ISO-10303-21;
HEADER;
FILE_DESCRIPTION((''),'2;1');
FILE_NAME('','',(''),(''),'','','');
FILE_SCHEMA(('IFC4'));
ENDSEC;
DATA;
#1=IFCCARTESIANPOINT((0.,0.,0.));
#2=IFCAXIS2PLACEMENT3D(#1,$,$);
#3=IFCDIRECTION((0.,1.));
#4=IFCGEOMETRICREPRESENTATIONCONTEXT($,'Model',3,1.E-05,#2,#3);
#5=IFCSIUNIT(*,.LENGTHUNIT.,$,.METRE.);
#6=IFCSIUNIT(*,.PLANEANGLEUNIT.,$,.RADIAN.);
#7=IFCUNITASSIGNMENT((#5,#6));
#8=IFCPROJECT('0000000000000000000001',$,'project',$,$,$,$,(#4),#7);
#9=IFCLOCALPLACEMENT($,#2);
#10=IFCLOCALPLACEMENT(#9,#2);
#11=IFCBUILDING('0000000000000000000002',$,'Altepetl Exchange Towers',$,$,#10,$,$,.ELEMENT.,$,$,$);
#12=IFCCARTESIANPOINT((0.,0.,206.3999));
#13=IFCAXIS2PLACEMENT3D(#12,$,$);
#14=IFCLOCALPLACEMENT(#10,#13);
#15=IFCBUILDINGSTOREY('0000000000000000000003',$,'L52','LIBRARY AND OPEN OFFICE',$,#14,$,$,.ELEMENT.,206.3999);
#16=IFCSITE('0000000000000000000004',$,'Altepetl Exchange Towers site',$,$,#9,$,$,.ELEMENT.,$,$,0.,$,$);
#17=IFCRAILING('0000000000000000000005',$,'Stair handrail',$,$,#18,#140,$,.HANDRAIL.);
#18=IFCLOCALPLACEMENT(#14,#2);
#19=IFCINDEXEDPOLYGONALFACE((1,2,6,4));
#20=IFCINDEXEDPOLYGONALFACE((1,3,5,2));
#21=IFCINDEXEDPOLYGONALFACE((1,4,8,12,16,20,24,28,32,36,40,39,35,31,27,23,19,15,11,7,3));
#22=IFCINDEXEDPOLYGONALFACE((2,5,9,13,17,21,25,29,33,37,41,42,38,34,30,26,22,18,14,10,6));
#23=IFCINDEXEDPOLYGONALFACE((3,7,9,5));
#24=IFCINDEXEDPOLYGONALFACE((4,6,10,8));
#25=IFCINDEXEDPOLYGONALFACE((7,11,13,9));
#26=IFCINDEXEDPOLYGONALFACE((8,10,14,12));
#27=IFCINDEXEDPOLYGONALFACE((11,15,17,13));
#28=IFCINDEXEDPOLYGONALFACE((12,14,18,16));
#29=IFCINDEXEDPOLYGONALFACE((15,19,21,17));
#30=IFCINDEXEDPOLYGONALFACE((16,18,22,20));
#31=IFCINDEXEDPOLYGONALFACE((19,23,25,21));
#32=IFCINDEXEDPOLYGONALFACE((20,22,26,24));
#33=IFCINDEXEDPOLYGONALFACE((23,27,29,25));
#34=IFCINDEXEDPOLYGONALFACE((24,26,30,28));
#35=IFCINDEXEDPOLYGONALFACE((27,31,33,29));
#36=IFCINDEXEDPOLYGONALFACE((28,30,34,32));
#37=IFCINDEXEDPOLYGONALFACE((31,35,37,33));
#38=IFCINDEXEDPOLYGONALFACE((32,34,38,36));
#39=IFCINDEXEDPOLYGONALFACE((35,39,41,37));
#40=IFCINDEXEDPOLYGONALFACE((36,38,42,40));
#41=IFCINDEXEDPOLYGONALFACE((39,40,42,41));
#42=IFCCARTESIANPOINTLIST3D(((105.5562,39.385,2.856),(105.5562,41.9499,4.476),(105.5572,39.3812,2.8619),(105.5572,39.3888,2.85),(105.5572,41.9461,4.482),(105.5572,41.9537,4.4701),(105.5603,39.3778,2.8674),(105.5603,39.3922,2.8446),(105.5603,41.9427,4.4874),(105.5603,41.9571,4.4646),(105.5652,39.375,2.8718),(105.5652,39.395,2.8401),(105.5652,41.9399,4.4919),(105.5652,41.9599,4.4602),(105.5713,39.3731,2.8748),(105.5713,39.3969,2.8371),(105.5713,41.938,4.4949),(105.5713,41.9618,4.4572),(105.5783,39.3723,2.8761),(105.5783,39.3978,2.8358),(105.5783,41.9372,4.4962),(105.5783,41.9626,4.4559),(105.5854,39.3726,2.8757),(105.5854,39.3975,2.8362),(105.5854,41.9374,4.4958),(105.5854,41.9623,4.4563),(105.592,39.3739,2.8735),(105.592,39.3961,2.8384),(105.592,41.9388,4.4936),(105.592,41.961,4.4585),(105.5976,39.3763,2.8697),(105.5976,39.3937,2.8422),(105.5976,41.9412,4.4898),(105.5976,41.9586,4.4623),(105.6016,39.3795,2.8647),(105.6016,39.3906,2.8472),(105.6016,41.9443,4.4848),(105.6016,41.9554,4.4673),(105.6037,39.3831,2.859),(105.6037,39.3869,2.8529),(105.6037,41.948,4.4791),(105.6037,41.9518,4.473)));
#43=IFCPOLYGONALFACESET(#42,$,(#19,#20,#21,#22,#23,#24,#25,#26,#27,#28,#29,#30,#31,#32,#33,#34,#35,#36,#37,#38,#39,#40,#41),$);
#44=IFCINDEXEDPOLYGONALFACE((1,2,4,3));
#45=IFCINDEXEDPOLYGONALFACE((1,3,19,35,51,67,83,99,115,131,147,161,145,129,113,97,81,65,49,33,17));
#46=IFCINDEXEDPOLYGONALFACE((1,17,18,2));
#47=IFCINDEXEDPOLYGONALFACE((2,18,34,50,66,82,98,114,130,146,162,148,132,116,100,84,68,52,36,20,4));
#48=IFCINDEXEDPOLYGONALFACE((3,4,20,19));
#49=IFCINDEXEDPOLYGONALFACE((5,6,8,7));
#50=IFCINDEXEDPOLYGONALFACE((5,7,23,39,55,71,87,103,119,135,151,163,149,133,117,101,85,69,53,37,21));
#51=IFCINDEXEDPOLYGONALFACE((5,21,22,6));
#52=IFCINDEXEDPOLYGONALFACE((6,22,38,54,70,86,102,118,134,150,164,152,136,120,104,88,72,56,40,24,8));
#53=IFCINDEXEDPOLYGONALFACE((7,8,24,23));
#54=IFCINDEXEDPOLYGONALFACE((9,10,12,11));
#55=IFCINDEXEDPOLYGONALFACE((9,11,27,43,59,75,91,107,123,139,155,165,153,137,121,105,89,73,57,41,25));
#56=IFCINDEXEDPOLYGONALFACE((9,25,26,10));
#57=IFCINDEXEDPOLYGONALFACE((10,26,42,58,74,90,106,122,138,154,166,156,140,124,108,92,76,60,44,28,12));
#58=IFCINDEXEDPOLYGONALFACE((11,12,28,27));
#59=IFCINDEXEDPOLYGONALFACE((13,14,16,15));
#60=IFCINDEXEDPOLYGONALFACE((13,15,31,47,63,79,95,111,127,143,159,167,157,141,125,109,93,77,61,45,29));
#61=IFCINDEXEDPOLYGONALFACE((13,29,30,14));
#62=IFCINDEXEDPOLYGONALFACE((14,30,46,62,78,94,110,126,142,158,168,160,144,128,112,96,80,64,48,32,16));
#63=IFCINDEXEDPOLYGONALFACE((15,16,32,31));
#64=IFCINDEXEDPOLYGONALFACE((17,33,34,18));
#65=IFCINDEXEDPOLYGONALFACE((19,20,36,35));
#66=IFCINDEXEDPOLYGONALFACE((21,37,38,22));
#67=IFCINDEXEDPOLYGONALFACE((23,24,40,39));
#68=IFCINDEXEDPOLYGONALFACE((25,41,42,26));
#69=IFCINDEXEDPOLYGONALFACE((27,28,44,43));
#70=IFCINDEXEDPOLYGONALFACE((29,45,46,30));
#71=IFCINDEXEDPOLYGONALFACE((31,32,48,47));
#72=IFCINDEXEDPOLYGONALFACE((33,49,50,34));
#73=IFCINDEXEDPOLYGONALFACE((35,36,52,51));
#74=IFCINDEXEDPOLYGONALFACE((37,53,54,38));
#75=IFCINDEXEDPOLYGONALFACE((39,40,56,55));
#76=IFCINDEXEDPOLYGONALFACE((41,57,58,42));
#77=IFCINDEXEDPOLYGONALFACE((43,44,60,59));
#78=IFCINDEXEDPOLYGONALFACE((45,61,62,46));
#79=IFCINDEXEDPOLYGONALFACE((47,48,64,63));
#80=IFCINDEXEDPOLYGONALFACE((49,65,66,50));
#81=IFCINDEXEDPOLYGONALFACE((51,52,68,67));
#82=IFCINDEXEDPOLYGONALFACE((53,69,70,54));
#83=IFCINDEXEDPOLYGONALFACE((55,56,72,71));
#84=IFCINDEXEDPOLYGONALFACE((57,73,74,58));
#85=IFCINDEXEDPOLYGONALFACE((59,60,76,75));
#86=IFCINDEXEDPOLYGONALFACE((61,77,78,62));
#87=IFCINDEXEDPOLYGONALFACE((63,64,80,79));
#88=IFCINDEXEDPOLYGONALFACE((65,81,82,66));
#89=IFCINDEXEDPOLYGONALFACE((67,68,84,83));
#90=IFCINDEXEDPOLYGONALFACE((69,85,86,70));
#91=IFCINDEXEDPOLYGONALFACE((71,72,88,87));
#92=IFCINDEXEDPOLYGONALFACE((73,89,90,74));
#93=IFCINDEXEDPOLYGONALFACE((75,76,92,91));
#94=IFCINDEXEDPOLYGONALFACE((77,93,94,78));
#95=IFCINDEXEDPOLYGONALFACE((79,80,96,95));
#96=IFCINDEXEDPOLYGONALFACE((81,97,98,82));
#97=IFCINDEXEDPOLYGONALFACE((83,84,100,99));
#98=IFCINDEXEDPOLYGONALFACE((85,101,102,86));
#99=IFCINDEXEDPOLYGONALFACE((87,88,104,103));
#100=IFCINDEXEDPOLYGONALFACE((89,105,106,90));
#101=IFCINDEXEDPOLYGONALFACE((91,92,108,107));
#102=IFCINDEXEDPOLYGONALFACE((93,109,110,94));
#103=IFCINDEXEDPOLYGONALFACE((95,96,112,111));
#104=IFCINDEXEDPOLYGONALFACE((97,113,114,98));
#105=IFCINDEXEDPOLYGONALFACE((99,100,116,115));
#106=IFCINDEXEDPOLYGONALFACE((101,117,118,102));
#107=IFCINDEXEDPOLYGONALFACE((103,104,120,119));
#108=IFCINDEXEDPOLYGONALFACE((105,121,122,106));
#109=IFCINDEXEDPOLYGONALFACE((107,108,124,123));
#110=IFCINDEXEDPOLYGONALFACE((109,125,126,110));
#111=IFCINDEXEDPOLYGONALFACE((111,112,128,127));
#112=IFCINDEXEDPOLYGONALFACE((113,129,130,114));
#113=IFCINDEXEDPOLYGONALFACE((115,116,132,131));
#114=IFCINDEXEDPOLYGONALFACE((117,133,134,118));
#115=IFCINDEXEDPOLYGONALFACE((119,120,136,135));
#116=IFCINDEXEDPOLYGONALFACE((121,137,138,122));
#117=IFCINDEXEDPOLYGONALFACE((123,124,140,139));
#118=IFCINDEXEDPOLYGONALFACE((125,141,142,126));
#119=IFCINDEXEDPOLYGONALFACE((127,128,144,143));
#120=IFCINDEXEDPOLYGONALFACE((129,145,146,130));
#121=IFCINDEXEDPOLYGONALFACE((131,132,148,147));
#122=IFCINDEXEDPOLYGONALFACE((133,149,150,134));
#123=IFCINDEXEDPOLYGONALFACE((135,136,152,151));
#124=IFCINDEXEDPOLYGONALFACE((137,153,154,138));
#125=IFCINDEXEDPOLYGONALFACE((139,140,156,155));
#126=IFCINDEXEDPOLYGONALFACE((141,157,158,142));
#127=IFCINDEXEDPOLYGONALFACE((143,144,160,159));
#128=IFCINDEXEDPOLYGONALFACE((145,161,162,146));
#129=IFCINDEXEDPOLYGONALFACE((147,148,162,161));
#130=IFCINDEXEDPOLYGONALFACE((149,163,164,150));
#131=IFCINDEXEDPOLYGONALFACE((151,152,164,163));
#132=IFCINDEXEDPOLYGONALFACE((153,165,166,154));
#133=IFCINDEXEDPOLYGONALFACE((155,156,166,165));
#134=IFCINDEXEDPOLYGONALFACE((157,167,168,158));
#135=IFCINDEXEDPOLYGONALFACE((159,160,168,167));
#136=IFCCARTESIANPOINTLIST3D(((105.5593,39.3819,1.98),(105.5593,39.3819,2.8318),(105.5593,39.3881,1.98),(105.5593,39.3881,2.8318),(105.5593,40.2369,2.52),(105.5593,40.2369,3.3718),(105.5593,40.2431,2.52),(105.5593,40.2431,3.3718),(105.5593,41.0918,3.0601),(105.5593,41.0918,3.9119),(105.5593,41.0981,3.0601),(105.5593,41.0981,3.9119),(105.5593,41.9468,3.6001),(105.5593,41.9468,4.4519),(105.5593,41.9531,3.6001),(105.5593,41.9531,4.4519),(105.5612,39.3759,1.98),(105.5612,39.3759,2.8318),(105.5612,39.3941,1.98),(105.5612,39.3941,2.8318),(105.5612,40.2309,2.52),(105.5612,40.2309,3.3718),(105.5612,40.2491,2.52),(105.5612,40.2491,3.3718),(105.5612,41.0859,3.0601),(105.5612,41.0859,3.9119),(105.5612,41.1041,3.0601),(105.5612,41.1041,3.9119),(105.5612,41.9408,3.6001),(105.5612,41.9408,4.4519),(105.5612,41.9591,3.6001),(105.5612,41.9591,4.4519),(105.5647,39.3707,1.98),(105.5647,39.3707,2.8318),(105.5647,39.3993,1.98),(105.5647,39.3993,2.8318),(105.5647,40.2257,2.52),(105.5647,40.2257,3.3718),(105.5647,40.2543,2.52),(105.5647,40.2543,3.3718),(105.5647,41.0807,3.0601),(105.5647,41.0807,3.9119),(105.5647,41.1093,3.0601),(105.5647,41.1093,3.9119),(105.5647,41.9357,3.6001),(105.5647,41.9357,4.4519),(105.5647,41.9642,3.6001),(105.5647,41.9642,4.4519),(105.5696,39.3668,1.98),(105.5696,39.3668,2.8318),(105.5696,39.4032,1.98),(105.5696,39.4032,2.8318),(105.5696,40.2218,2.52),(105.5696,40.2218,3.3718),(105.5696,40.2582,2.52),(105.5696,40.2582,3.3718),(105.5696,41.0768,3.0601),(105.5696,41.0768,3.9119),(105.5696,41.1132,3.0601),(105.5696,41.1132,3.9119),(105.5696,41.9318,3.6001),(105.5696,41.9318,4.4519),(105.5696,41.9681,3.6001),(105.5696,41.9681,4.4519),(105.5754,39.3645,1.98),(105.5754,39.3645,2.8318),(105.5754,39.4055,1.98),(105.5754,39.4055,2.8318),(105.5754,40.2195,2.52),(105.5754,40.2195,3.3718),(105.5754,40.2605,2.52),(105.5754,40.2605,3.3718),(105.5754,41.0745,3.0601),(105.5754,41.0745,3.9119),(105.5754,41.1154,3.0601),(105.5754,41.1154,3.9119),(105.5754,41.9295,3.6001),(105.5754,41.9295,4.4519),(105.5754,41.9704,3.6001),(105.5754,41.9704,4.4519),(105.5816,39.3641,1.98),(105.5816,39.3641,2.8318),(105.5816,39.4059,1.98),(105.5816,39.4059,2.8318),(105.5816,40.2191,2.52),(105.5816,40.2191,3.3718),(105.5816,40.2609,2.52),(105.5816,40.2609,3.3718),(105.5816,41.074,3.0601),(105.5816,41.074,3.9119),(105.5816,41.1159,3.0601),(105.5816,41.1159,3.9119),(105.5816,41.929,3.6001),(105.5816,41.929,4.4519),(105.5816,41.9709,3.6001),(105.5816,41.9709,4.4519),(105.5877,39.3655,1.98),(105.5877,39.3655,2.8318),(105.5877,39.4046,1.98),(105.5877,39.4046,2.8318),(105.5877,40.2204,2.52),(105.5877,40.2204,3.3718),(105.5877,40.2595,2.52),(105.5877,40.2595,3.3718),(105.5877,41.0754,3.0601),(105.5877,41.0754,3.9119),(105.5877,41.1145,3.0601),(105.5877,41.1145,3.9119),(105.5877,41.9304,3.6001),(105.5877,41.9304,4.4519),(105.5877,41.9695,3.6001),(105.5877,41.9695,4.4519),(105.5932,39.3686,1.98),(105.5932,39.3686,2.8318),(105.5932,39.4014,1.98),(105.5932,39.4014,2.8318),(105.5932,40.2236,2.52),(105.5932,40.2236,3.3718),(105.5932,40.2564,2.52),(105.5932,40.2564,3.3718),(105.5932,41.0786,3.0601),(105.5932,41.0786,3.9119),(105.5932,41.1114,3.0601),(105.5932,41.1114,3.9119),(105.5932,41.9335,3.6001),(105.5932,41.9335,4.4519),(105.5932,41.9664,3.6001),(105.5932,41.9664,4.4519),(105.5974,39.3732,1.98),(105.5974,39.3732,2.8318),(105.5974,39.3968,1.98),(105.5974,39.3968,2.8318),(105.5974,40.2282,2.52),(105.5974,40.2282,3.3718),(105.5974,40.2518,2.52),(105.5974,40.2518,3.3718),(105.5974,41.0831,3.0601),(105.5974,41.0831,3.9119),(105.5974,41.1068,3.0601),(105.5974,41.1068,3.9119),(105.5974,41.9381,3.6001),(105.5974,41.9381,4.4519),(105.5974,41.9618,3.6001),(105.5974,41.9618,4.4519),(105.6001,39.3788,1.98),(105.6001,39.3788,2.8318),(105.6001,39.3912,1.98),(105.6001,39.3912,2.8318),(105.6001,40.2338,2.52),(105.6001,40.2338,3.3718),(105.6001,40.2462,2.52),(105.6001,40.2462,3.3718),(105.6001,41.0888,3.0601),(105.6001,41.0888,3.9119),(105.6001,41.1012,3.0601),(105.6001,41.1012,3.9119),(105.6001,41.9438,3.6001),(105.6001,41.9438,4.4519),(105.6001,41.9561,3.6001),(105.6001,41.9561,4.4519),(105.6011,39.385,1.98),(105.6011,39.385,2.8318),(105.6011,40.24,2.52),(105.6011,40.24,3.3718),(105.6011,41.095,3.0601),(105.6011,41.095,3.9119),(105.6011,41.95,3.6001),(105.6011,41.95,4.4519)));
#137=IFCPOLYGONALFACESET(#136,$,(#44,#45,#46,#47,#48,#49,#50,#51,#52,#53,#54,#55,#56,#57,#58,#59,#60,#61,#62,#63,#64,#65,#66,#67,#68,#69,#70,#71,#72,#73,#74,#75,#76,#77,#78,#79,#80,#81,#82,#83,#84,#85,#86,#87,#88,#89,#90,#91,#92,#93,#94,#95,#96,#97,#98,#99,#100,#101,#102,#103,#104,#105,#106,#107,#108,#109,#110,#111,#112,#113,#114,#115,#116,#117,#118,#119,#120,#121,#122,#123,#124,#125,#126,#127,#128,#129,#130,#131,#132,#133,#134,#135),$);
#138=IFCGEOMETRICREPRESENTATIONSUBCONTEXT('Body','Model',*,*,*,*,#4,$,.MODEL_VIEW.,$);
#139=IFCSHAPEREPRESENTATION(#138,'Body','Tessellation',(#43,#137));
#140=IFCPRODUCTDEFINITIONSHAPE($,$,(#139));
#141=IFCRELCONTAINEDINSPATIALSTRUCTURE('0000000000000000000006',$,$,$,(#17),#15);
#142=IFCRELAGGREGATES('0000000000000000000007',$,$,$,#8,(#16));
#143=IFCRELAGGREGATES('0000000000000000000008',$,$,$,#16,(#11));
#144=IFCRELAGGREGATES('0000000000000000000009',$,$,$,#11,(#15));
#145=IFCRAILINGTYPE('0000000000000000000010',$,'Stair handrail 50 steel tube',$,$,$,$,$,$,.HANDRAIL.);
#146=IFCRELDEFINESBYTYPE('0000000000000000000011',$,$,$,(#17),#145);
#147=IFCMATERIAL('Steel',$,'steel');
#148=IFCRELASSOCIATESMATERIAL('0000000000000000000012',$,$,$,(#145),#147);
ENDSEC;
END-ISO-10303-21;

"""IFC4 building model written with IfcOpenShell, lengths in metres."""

from ifc_helpers import new_model, si_unit, direction, frame, origin, origin_2d, place, context, subcontext, project, spatial, circle, extrude, source, transform, mapped, material, type_object, element, save


model = new_model("IFC4")

# Units and contexts
model_context = context("Model", 3, precision=1e-05, world=origin(), true_north=direction((0.0, 1.0)))
body_context = subcontext(model_context, "Body", "Model", "MODEL_VIEW")
ifc_project = project(units=[si_unit("LENGTHUNIT", "METRE"), si_unit("PLANEANGLEUNIT", "RADIAN")], contexts=[model_context])

# Site, building, storey
site_placement = place(None, origin())
site = spatial("IfcSite", under=ifc_project, at=site_placement, Name="Altepetl Exchange Towers site", CompositionType="ELEMENT", RefElevation=0.0)
building_placement = place(site_placement, origin())
building = spatial("IfcBuilding", under=site, at=building_placement, Name="Altepetl Exchange Towers", CompositionType="ELEMENT")
storey_placement = place(building_placement, frame((0.0, 0.0, 206.3999)))
storey = spatial("IfcBuildingStorey", under=building, at=storey_placement, Name="L52", Description="LIBRARY AND OPEN OFFICE", CompositionType="ELEMENT", Elevation=206.3999)

# Railing
ifc_material_1 = material(Name="Steel", Category="steel")
railing_type = type_object("IfcRailingType", Name="Stair handrail 50 steel tube", PredefinedType="HANDRAIL", material=ifc_material_1)
shared_shape = source(origin(), body_context, "Body", "SweptSolid", [
    extrude(circle(Radius=0.021, at=origin_2d()), origin(), (0.0, 0.0, 1.0), 0.8518),
])
railing_1_placement = place(storey_placement, frame((105.5801, 39.385, 1.98)))
element("IfcRailing", 1, at=railing_1_placement, inside=storey, type_object=railing_type, Name="Stair handrail", PredefinedType="HANDRAIL", context=body_context, shape_type="SweptSolid", body=[
    extrude(circle(Radius=0.0239, at=origin_2d()), frame((0.0, 0.0, 0.876), z_axis=(0.0, 0.845466, 0.534029), x_axis=(-1.0, 0.0, 0.0)), (0.0, 0.0, 1.0), 3.0337),
    mapped(shared_shape, transform((0.0, 0.0, 0.0))),
    mapped(shared_shape, transform((0.0, 0.855, 0.54))),
    mapped(shared_shape, transform((0.0, 1.71, 1.0801))),
    mapped(shared_shape, transform((0.0, 2.5649, 1.6201))),
])

save(model, "model.ifc")
